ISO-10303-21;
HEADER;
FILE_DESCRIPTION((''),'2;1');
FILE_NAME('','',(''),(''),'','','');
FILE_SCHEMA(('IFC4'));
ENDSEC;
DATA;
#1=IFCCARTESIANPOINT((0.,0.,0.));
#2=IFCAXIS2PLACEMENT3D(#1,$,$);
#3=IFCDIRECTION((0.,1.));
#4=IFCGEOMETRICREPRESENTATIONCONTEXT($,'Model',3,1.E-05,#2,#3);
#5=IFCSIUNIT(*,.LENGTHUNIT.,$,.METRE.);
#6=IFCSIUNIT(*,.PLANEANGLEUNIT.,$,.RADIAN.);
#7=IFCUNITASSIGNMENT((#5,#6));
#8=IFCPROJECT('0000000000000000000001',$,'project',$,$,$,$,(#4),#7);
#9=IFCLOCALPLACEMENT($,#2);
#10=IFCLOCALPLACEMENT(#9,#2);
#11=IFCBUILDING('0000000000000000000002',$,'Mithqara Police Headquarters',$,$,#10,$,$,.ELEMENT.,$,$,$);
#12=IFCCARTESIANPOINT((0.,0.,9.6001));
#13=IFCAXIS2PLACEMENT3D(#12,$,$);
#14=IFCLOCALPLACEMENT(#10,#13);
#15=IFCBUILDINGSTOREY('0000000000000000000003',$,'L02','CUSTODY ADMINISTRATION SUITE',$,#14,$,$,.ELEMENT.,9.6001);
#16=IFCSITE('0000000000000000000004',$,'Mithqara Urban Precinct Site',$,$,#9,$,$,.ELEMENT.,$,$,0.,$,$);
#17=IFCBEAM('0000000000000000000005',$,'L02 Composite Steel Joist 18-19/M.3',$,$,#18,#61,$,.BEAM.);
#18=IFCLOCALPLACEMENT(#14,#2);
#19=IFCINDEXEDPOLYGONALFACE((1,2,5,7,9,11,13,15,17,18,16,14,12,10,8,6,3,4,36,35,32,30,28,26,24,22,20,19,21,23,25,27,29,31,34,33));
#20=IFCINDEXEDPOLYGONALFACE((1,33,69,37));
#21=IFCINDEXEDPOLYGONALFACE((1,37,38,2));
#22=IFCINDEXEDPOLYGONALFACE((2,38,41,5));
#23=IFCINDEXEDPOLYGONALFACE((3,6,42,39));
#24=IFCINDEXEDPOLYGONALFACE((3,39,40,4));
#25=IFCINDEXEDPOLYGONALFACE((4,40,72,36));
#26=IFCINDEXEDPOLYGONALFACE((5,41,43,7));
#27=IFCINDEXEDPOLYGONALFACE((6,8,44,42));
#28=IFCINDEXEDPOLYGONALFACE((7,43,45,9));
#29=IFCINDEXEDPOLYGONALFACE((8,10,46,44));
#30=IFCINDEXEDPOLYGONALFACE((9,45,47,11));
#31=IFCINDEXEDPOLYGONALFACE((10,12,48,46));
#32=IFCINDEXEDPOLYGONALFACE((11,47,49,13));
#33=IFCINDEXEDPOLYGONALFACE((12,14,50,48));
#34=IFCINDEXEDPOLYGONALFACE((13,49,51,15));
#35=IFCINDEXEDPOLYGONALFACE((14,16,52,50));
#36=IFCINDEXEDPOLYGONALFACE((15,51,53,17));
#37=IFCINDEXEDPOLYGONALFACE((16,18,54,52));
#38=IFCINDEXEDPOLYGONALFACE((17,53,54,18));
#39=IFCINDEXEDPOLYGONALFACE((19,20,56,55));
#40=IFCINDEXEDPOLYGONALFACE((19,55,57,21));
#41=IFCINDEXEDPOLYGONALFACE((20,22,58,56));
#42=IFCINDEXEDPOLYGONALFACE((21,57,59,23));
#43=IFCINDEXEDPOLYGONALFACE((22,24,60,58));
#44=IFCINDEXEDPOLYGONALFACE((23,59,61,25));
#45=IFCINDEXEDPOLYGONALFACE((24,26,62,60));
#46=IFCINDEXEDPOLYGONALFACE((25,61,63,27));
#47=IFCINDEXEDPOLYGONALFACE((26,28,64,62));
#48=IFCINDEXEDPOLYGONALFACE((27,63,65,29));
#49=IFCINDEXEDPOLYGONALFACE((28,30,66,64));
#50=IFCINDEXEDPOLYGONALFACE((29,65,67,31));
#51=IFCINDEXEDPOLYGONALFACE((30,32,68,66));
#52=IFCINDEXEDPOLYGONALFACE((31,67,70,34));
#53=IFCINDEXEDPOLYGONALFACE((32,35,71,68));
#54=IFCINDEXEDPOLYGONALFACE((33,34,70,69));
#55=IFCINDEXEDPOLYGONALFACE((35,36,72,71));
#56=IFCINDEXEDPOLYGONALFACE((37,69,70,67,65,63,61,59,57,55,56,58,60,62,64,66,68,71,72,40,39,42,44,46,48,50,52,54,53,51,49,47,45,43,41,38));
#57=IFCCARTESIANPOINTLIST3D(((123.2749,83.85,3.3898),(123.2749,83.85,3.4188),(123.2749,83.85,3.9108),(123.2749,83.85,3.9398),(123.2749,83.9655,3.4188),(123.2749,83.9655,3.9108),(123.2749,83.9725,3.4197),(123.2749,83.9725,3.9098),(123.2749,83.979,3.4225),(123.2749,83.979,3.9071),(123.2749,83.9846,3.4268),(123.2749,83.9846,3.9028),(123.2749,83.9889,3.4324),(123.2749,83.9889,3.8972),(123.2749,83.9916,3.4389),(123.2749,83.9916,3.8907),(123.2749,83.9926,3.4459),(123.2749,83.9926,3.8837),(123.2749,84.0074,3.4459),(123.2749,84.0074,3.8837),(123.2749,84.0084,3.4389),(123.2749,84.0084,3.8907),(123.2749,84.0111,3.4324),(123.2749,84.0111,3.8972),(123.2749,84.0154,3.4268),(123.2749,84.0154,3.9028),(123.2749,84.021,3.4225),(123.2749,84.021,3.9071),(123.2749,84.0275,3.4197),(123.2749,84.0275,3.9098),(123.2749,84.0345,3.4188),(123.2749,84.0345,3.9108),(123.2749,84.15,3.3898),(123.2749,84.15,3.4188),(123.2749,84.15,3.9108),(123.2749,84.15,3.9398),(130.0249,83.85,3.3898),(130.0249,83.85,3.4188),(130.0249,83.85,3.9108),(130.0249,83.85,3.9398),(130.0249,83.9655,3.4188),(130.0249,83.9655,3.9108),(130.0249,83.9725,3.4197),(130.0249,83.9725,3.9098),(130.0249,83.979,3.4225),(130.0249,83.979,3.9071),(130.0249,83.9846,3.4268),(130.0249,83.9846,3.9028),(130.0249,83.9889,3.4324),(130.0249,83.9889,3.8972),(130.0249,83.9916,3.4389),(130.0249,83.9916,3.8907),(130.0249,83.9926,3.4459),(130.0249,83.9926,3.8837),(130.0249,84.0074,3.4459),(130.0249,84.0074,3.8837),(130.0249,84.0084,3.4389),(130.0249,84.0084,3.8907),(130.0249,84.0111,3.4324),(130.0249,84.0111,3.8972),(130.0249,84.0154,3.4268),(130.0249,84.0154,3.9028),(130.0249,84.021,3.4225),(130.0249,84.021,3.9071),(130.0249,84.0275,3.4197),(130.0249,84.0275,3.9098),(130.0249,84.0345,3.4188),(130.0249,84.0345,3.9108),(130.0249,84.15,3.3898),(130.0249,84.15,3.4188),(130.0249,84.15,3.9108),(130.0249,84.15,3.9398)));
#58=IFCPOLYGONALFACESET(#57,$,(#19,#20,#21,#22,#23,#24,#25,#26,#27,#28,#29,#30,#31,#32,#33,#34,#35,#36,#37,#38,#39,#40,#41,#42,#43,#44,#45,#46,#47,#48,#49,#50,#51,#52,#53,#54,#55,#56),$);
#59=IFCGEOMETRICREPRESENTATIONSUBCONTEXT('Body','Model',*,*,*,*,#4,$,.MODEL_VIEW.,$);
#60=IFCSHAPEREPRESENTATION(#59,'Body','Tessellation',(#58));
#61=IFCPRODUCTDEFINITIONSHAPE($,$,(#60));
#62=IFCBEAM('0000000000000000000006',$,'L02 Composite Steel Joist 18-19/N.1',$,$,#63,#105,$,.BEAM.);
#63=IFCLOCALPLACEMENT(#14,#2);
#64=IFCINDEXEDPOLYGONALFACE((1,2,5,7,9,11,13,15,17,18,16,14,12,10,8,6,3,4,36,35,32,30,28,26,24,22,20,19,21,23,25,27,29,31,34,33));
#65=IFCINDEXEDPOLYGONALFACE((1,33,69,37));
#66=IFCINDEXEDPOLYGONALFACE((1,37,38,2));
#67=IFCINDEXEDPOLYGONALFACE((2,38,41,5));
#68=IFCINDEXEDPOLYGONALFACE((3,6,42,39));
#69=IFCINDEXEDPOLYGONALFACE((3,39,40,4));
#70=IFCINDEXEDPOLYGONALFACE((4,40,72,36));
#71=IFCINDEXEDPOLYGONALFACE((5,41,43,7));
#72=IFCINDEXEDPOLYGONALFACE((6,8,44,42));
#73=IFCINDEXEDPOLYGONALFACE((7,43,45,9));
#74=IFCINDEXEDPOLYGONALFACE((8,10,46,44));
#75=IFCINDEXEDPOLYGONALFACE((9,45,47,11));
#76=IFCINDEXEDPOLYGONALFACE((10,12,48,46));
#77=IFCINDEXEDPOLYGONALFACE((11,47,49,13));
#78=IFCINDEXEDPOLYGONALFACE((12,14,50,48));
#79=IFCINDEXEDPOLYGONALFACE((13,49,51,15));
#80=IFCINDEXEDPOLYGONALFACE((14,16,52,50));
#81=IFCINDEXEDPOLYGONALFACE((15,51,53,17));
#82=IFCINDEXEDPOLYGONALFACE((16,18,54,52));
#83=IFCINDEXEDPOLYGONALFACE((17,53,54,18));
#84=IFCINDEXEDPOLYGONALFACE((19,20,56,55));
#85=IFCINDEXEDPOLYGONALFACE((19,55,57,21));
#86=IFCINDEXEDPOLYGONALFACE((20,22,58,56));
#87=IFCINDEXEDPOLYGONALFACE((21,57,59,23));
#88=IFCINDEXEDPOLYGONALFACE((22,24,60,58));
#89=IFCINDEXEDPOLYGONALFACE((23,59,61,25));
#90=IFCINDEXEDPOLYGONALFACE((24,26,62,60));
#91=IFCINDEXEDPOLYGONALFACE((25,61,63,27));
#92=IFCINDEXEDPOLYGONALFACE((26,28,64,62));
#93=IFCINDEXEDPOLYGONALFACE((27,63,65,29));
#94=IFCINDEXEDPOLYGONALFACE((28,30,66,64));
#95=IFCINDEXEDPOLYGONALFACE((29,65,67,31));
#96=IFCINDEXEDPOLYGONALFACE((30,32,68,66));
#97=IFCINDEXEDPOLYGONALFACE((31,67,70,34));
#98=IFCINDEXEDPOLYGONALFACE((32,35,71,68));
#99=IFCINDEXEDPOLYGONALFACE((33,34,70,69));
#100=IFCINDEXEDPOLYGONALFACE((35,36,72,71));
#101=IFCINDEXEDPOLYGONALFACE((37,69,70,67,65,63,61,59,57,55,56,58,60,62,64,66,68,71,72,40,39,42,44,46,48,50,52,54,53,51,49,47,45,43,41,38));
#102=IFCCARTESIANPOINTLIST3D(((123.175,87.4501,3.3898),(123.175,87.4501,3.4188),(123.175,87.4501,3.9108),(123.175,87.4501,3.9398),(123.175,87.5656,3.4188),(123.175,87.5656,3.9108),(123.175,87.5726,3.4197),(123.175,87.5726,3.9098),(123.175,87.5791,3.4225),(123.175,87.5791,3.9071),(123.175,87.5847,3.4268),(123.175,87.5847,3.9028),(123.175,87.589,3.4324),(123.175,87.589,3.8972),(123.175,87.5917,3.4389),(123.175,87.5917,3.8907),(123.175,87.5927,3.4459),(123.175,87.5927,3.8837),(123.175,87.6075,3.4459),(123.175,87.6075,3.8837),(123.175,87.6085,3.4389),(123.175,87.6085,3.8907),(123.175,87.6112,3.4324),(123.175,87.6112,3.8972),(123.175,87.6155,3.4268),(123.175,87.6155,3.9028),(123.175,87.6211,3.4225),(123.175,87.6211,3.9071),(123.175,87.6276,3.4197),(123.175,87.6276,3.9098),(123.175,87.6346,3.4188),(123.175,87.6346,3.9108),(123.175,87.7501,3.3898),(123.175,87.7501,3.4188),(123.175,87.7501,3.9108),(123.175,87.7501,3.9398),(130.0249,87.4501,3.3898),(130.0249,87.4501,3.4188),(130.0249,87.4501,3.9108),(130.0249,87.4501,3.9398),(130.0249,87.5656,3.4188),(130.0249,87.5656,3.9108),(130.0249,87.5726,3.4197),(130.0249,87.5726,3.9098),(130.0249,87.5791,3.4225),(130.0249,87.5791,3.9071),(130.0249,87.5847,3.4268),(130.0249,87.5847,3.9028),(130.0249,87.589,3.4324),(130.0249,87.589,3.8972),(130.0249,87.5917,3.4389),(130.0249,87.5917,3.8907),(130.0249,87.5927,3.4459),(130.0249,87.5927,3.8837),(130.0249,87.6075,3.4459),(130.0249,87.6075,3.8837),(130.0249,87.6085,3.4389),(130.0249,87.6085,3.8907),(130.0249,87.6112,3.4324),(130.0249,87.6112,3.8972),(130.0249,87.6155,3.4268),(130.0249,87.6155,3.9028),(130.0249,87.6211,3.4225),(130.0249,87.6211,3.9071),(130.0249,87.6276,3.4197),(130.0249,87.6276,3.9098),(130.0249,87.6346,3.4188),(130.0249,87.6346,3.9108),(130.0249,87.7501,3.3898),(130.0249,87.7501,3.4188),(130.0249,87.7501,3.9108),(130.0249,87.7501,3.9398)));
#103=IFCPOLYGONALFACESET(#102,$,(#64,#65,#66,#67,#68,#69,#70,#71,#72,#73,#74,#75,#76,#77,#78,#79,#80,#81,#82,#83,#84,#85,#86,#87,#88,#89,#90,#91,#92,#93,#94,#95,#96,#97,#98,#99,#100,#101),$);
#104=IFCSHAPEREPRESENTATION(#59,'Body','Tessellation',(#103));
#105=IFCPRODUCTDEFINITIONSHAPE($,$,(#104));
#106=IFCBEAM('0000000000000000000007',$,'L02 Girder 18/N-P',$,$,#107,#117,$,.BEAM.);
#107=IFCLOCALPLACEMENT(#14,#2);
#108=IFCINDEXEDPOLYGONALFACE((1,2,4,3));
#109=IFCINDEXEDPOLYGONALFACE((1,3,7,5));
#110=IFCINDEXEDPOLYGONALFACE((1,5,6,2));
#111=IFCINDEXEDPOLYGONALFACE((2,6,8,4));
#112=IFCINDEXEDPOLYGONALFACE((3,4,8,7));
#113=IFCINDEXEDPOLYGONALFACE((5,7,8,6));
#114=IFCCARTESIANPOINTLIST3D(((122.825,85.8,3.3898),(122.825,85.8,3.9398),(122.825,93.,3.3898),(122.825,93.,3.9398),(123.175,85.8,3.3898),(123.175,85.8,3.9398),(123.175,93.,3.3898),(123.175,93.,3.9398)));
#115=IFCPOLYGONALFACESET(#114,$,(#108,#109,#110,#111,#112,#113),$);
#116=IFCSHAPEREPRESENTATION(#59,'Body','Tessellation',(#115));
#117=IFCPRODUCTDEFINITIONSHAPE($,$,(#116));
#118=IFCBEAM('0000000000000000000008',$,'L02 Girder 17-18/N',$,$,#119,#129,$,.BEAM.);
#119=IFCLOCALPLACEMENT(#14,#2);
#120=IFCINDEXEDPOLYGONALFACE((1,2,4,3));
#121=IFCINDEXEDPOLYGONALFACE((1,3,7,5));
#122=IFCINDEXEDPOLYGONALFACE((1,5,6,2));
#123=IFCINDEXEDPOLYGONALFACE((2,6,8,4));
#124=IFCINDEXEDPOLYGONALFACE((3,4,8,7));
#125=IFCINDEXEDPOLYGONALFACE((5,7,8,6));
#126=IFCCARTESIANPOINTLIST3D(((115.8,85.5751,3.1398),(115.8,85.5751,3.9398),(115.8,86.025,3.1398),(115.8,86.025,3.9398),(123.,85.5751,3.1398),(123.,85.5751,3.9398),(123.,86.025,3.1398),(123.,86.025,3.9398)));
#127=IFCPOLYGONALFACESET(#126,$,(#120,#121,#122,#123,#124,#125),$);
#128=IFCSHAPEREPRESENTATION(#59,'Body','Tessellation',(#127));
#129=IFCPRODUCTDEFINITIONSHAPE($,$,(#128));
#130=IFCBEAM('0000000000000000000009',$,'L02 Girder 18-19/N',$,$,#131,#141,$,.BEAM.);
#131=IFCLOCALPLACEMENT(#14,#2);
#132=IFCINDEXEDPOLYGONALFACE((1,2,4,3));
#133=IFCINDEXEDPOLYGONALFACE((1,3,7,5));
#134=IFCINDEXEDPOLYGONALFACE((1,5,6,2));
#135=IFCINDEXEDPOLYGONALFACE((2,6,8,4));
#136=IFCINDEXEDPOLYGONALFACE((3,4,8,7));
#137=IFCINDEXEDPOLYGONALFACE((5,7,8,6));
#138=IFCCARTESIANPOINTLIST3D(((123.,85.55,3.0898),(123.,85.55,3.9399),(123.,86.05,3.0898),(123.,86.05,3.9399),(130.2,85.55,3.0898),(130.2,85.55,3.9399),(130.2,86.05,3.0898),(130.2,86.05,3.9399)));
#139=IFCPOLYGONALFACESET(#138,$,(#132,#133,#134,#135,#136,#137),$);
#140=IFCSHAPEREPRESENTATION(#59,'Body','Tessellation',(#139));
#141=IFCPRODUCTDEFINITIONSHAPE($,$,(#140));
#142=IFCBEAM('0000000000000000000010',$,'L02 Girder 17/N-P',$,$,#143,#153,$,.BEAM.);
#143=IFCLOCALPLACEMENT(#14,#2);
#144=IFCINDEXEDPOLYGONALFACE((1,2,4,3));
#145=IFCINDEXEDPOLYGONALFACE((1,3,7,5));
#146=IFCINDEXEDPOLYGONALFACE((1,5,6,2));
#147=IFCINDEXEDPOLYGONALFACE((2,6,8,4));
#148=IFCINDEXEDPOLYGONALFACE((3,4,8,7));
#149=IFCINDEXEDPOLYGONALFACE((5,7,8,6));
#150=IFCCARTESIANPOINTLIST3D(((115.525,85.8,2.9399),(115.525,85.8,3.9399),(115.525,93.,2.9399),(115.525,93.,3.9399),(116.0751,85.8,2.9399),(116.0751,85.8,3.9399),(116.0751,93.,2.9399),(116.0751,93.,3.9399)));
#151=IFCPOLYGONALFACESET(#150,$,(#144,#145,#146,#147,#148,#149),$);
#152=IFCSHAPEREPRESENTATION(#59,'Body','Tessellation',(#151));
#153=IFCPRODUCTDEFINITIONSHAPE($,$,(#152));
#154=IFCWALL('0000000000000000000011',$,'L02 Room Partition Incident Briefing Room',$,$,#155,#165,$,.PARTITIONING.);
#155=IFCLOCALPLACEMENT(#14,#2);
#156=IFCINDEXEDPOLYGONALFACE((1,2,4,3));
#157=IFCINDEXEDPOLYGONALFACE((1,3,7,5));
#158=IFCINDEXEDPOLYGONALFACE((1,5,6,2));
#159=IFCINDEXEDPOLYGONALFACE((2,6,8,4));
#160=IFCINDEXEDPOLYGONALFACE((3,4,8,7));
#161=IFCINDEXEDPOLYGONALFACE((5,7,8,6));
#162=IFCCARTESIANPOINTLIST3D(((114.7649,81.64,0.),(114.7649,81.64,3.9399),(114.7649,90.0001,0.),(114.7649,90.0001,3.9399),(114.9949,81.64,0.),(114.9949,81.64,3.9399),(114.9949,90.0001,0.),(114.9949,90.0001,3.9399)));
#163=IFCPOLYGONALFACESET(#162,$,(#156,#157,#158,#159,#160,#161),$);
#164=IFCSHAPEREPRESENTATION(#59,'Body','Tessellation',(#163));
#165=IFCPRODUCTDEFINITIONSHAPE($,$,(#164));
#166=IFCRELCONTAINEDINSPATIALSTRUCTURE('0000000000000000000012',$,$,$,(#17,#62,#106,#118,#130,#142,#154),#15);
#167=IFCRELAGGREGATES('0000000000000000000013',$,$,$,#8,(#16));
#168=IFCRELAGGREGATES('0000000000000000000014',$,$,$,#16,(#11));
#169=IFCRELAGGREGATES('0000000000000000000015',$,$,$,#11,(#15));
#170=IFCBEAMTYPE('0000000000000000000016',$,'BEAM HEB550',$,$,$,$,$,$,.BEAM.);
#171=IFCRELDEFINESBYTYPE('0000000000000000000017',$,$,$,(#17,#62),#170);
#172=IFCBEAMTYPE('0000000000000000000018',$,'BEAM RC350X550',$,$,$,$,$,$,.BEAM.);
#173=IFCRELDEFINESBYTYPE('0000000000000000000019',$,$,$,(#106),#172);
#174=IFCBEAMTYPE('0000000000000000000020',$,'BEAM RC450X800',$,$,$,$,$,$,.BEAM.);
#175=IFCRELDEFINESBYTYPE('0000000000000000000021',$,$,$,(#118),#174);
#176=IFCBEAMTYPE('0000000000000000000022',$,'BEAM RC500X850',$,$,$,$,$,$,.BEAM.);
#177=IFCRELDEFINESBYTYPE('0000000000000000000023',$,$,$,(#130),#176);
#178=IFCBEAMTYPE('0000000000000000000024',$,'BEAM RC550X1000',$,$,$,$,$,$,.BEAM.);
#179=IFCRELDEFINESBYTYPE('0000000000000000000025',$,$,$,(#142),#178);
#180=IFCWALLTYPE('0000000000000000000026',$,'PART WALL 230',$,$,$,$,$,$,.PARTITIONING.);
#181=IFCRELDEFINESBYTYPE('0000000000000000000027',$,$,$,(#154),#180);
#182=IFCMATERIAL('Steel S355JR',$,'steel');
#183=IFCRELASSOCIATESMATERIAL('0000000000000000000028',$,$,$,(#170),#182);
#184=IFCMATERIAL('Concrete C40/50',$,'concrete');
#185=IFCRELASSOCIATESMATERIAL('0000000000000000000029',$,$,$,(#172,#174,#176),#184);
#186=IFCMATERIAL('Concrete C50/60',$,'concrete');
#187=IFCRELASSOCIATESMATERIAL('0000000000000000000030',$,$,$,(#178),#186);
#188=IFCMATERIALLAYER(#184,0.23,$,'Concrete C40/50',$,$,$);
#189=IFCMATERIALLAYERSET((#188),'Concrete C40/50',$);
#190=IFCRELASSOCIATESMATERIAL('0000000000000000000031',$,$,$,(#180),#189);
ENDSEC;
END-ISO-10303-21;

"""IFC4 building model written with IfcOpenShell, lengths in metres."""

from ifc_helpers import new_model, si_unit, direction, frame, frame_2d, origin, origin_2d, place, context, subcontext, project, spatial, rectangle, i_section, extrude, material, layer, layer_set, material_profile, profile_set, type_object, element, save


model = new_model("IFC4")

# Units and contexts
model_context = context("Model", 3, precision=1e-05, world=origin(), true_north=direction((0.0, 1.0)))
body_context = subcontext(model_context, "Body", "Model", "MODEL_VIEW")
ifc_project = project(units=[si_unit("LENGTHUNIT", "METRE"), si_unit("PLANEANGLEUNIT", "RADIAN")], contexts=[model_context])

# Site, building, storey
site_placement = place(None, origin())
site = spatial("IfcSite", under=ifc_project, at=site_placement, Name="Mithqara Urban Precinct Site", CompositionType="ELEMENT", RefElevation=0.0)
building_placement = place(site_placement, origin())
building = spatial("IfcBuilding", under=site, at=building_placement, Name="Mithqara Police Headquarters", CompositionType="ELEMENT")
storey_placement = place(building_placement, frame((0.0, 0.0, 9.6001)))
storey = spatial("IfcBuildingStorey", under=building, at=storey_placement, Name="L02", Description="CUSTODY ADMINISTRATION SUITE", CompositionType="ELEMENT", Elevation=9.6001)

# Shared definitions
ifc_material_1 = material(Name="Concrete C50/60", Category="concrete")

# Beams
ifc_material_2 = material(Name="Steel S355JR", Category="steel")
ifc_material_profile_1 = material_profile(ifc_material_2, i_section(OverallWidth=0.3, OverallDepth=0.55, WebThickness=0.0149, FlangeThickness=0.0291, FilletRadius=0.0271, at=origin_2d()), Name="HEB 550")
ifc_profile_set_1 = profile_set([ifc_material_profile_1], Name="Steel S355JR")
beam_type_1 = type_object("IfcBeamType", Name="BEAM HEB550", PredefinedType="BEAM", material=ifc_profile_set_1)
for number, where, z_axis, x_axis, name in (
    (1, (123.2749, 84.0, 3.6648), (1.0, 0.0, 0.0), (0.0, 1.0, 0.0), "L02 Composite Steel Joist 18-19/M.3"),
):
    element("IfcBeam", number, at=place(storey_placement, frame(where, z_axis=z_axis, x_axis=x_axis)), inside=storey, type_object=beam_type_1, Name=name, PredefinedType="BEAM", context=body_context, shape_type="SweptSolid", body=[
        extrude(i_section(OverallWidth=0.3, OverallDepth=0.55, WebThickness=0.0149, FlangeThickness=0.0291, FilletRadius=0.0271, at=origin_2d()), origin(), (0.0, 0.0, 1.0), 6.75),
    ])
beam_1_placement = place(storey_placement, frame((123.175, 87.6001, 3.6648), z_axis=(1.0, 0.0, 0.0), x_axis=(0.0, 1.0, 0.0)))
element("IfcBeam", 2, at=beam_1_placement, inside=storey, type_object=beam_type_1, Name="L02 Composite Steel Joist 18-19/N.1", PredefinedType="BEAM", context=body_context, shape_type="SweptSolid", body=[
    extrude(i_section(OverallWidth=0.3, OverallDepth=0.55, WebThickness=0.0149, FlangeThickness=0.0291, FilletRadius=0.0271, at=origin_2d()), origin(), (0.0, 0.0, 1.0), 6.8499),
])
ifc_material_3 = material(Name="Concrete C40/50", Category="concrete")
ifc_material_profile_2 = material_profile(ifc_material_3, rectangle(XDim=0.3501, YDim=0.55, at=origin_2d()), Name="RC 350x550")
ifc_profile_set_2 = profile_set([ifc_material_profile_2], Name="Concrete C40/50")
beam_type_2 = type_object("IfcBeamType", Name="BEAM RC350X550", PredefinedType="BEAM", material=ifc_profile_set_2)
beam_2_placement = place(storey_placement, frame((123.0, 85.8, 3.6648), z_axis=(0.0, 1.0, 0.0), x_axis=(-1.0, 0.0, 0.0)))
element("IfcBeam", 3, at=beam_2_placement, inside=storey, type_object=beam_type_2, Name="L02 Girder 18/N-P", PredefinedType="BEAM", context=body_context, shape_type="SweptSolid", body=[
    extrude(rectangle(XDim=0.3501, YDim=0.55, at=origin_2d()), origin(), (0.0, 0.0, 1.0), 7.2),
])
ifc_material_profile_3 = material_profile(ifc_material_3, rectangle(XDim=0.45, YDim=0.8, at=origin_2d()), Name="RC 450x800")
ifc_profile_set_3 = profile_set([ifc_material_profile_3], Name="Concrete C40/50")
beam_type_3 = type_object("IfcBeamType", Name="BEAM RC450X800", PredefinedType="BEAM", material=ifc_profile_set_3)
beam_3_placement = place(storey_placement, frame((115.8, 85.8, 3.5398), z_axis=(1.0, 0.0, 0.0), x_axis=(0.0, 1.0, 0.0)))
element("IfcBeam", 4, at=beam_3_placement, inside=storey, type_object=beam_type_3, Name="L02 Girder 17-18/N", PredefinedType="BEAM", context=body_context, shape_type="SweptSolid", body=[
    extrude(rectangle(XDim=0.45, YDim=0.8, at=origin_2d()), origin(), (0.0, 0.0, 1.0), 7.2),
])
ifc_material_profile_4 = material_profile(ifc_material_3, rectangle(XDim=0.5, YDim=0.8501, at=origin_2d()), Name="RC 500x850")
ifc_profile_set_4 = profile_set([ifc_material_profile_4], Name="Concrete C40/50")
beam_type_4 = type_object("IfcBeamType", Name="BEAM RC500X850", PredefinedType="BEAM", material=ifc_profile_set_4)
beam_4_placement = place(storey_placement, frame((123.0, 85.8, 3.5149), z_axis=(1.0, 0.0, 0.0), x_axis=(0.0, 1.0, 0.0)))
element("IfcBeam", 5, at=beam_4_placement, inside=storey, type_object=beam_type_4, Name="L02 Girder 18-19/N", PredefinedType="BEAM", context=body_context, shape_type="SweptSolid", body=[
    extrude(rectangle(XDim=0.5, YDim=0.8501, at=origin_2d()), origin(), (0.0, 0.0, 1.0), 7.2),
])
ifc_material_profile_5 = material_profile(ifc_material_1, rectangle(XDim=0.55, YDim=1.0, at=origin_2d()), Name="RC 550x1000")
ifc_profile_set_5 = profile_set([ifc_material_profile_5], Name="Concrete C50/60")
beam_type_5 = type_object("IfcBeamType", Name="BEAM RC550X1000", PredefinedType="BEAM", material=ifc_profile_set_5)
beam_5_placement = place(storey_placement, frame((115.8, 85.8, 3.4399), z_axis=(0.0, 1.0, 0.0), x_axis=(-1.0, 0.0, 0.0)))
element("IfcBeam", 6, at=beam_5_placement, inside=storey, type_object=beam_type_5, Name="L02 Girder 17/N-P", PredefinedType="BEAM", context=body_context, shape_type="SweptSolid", body=[
    extrude(rectangle(XDim=0.55, YDim=1.0, at=origin_2d()), origin(), (0.0, 0.0, 1.0), 7.2),
])

# Wall
ifc_layer = layer(ifc_material_3, 0.23, Name="Concrete C40/50")
ifc_layer_set = layer_set([ifc_layer], Name="Concrete C40/50")
wall_type = type_object("IfcWallType", Name="PART WALL 230", PredefinedType="PARTITIONING", material=ifc_layer_set)
wall_1_placement = place(storey_placement, frame((114.8799, 81.6399, 0.0), z_axis=(0.0, 0.0, 1.0), x_axis=(0.0, 1.0, 0.0)))
element("IfcWall", 7, at=wall_1_placement, inside=storey, type_object=wall_type, Name="L02 Room Partition Incident Briefing Room", PredefinedType="PARTITIONING", context=body_context, shape_type="SweptSolid", body=[
    extrude(rectangle(XDim=8.3601, YDim=0.23, at=frame_2d((4.1802, 0.0))), origin(), (0.0, 0.0, 1.0), 3.9399),
])

save(model, "model.ifc")
